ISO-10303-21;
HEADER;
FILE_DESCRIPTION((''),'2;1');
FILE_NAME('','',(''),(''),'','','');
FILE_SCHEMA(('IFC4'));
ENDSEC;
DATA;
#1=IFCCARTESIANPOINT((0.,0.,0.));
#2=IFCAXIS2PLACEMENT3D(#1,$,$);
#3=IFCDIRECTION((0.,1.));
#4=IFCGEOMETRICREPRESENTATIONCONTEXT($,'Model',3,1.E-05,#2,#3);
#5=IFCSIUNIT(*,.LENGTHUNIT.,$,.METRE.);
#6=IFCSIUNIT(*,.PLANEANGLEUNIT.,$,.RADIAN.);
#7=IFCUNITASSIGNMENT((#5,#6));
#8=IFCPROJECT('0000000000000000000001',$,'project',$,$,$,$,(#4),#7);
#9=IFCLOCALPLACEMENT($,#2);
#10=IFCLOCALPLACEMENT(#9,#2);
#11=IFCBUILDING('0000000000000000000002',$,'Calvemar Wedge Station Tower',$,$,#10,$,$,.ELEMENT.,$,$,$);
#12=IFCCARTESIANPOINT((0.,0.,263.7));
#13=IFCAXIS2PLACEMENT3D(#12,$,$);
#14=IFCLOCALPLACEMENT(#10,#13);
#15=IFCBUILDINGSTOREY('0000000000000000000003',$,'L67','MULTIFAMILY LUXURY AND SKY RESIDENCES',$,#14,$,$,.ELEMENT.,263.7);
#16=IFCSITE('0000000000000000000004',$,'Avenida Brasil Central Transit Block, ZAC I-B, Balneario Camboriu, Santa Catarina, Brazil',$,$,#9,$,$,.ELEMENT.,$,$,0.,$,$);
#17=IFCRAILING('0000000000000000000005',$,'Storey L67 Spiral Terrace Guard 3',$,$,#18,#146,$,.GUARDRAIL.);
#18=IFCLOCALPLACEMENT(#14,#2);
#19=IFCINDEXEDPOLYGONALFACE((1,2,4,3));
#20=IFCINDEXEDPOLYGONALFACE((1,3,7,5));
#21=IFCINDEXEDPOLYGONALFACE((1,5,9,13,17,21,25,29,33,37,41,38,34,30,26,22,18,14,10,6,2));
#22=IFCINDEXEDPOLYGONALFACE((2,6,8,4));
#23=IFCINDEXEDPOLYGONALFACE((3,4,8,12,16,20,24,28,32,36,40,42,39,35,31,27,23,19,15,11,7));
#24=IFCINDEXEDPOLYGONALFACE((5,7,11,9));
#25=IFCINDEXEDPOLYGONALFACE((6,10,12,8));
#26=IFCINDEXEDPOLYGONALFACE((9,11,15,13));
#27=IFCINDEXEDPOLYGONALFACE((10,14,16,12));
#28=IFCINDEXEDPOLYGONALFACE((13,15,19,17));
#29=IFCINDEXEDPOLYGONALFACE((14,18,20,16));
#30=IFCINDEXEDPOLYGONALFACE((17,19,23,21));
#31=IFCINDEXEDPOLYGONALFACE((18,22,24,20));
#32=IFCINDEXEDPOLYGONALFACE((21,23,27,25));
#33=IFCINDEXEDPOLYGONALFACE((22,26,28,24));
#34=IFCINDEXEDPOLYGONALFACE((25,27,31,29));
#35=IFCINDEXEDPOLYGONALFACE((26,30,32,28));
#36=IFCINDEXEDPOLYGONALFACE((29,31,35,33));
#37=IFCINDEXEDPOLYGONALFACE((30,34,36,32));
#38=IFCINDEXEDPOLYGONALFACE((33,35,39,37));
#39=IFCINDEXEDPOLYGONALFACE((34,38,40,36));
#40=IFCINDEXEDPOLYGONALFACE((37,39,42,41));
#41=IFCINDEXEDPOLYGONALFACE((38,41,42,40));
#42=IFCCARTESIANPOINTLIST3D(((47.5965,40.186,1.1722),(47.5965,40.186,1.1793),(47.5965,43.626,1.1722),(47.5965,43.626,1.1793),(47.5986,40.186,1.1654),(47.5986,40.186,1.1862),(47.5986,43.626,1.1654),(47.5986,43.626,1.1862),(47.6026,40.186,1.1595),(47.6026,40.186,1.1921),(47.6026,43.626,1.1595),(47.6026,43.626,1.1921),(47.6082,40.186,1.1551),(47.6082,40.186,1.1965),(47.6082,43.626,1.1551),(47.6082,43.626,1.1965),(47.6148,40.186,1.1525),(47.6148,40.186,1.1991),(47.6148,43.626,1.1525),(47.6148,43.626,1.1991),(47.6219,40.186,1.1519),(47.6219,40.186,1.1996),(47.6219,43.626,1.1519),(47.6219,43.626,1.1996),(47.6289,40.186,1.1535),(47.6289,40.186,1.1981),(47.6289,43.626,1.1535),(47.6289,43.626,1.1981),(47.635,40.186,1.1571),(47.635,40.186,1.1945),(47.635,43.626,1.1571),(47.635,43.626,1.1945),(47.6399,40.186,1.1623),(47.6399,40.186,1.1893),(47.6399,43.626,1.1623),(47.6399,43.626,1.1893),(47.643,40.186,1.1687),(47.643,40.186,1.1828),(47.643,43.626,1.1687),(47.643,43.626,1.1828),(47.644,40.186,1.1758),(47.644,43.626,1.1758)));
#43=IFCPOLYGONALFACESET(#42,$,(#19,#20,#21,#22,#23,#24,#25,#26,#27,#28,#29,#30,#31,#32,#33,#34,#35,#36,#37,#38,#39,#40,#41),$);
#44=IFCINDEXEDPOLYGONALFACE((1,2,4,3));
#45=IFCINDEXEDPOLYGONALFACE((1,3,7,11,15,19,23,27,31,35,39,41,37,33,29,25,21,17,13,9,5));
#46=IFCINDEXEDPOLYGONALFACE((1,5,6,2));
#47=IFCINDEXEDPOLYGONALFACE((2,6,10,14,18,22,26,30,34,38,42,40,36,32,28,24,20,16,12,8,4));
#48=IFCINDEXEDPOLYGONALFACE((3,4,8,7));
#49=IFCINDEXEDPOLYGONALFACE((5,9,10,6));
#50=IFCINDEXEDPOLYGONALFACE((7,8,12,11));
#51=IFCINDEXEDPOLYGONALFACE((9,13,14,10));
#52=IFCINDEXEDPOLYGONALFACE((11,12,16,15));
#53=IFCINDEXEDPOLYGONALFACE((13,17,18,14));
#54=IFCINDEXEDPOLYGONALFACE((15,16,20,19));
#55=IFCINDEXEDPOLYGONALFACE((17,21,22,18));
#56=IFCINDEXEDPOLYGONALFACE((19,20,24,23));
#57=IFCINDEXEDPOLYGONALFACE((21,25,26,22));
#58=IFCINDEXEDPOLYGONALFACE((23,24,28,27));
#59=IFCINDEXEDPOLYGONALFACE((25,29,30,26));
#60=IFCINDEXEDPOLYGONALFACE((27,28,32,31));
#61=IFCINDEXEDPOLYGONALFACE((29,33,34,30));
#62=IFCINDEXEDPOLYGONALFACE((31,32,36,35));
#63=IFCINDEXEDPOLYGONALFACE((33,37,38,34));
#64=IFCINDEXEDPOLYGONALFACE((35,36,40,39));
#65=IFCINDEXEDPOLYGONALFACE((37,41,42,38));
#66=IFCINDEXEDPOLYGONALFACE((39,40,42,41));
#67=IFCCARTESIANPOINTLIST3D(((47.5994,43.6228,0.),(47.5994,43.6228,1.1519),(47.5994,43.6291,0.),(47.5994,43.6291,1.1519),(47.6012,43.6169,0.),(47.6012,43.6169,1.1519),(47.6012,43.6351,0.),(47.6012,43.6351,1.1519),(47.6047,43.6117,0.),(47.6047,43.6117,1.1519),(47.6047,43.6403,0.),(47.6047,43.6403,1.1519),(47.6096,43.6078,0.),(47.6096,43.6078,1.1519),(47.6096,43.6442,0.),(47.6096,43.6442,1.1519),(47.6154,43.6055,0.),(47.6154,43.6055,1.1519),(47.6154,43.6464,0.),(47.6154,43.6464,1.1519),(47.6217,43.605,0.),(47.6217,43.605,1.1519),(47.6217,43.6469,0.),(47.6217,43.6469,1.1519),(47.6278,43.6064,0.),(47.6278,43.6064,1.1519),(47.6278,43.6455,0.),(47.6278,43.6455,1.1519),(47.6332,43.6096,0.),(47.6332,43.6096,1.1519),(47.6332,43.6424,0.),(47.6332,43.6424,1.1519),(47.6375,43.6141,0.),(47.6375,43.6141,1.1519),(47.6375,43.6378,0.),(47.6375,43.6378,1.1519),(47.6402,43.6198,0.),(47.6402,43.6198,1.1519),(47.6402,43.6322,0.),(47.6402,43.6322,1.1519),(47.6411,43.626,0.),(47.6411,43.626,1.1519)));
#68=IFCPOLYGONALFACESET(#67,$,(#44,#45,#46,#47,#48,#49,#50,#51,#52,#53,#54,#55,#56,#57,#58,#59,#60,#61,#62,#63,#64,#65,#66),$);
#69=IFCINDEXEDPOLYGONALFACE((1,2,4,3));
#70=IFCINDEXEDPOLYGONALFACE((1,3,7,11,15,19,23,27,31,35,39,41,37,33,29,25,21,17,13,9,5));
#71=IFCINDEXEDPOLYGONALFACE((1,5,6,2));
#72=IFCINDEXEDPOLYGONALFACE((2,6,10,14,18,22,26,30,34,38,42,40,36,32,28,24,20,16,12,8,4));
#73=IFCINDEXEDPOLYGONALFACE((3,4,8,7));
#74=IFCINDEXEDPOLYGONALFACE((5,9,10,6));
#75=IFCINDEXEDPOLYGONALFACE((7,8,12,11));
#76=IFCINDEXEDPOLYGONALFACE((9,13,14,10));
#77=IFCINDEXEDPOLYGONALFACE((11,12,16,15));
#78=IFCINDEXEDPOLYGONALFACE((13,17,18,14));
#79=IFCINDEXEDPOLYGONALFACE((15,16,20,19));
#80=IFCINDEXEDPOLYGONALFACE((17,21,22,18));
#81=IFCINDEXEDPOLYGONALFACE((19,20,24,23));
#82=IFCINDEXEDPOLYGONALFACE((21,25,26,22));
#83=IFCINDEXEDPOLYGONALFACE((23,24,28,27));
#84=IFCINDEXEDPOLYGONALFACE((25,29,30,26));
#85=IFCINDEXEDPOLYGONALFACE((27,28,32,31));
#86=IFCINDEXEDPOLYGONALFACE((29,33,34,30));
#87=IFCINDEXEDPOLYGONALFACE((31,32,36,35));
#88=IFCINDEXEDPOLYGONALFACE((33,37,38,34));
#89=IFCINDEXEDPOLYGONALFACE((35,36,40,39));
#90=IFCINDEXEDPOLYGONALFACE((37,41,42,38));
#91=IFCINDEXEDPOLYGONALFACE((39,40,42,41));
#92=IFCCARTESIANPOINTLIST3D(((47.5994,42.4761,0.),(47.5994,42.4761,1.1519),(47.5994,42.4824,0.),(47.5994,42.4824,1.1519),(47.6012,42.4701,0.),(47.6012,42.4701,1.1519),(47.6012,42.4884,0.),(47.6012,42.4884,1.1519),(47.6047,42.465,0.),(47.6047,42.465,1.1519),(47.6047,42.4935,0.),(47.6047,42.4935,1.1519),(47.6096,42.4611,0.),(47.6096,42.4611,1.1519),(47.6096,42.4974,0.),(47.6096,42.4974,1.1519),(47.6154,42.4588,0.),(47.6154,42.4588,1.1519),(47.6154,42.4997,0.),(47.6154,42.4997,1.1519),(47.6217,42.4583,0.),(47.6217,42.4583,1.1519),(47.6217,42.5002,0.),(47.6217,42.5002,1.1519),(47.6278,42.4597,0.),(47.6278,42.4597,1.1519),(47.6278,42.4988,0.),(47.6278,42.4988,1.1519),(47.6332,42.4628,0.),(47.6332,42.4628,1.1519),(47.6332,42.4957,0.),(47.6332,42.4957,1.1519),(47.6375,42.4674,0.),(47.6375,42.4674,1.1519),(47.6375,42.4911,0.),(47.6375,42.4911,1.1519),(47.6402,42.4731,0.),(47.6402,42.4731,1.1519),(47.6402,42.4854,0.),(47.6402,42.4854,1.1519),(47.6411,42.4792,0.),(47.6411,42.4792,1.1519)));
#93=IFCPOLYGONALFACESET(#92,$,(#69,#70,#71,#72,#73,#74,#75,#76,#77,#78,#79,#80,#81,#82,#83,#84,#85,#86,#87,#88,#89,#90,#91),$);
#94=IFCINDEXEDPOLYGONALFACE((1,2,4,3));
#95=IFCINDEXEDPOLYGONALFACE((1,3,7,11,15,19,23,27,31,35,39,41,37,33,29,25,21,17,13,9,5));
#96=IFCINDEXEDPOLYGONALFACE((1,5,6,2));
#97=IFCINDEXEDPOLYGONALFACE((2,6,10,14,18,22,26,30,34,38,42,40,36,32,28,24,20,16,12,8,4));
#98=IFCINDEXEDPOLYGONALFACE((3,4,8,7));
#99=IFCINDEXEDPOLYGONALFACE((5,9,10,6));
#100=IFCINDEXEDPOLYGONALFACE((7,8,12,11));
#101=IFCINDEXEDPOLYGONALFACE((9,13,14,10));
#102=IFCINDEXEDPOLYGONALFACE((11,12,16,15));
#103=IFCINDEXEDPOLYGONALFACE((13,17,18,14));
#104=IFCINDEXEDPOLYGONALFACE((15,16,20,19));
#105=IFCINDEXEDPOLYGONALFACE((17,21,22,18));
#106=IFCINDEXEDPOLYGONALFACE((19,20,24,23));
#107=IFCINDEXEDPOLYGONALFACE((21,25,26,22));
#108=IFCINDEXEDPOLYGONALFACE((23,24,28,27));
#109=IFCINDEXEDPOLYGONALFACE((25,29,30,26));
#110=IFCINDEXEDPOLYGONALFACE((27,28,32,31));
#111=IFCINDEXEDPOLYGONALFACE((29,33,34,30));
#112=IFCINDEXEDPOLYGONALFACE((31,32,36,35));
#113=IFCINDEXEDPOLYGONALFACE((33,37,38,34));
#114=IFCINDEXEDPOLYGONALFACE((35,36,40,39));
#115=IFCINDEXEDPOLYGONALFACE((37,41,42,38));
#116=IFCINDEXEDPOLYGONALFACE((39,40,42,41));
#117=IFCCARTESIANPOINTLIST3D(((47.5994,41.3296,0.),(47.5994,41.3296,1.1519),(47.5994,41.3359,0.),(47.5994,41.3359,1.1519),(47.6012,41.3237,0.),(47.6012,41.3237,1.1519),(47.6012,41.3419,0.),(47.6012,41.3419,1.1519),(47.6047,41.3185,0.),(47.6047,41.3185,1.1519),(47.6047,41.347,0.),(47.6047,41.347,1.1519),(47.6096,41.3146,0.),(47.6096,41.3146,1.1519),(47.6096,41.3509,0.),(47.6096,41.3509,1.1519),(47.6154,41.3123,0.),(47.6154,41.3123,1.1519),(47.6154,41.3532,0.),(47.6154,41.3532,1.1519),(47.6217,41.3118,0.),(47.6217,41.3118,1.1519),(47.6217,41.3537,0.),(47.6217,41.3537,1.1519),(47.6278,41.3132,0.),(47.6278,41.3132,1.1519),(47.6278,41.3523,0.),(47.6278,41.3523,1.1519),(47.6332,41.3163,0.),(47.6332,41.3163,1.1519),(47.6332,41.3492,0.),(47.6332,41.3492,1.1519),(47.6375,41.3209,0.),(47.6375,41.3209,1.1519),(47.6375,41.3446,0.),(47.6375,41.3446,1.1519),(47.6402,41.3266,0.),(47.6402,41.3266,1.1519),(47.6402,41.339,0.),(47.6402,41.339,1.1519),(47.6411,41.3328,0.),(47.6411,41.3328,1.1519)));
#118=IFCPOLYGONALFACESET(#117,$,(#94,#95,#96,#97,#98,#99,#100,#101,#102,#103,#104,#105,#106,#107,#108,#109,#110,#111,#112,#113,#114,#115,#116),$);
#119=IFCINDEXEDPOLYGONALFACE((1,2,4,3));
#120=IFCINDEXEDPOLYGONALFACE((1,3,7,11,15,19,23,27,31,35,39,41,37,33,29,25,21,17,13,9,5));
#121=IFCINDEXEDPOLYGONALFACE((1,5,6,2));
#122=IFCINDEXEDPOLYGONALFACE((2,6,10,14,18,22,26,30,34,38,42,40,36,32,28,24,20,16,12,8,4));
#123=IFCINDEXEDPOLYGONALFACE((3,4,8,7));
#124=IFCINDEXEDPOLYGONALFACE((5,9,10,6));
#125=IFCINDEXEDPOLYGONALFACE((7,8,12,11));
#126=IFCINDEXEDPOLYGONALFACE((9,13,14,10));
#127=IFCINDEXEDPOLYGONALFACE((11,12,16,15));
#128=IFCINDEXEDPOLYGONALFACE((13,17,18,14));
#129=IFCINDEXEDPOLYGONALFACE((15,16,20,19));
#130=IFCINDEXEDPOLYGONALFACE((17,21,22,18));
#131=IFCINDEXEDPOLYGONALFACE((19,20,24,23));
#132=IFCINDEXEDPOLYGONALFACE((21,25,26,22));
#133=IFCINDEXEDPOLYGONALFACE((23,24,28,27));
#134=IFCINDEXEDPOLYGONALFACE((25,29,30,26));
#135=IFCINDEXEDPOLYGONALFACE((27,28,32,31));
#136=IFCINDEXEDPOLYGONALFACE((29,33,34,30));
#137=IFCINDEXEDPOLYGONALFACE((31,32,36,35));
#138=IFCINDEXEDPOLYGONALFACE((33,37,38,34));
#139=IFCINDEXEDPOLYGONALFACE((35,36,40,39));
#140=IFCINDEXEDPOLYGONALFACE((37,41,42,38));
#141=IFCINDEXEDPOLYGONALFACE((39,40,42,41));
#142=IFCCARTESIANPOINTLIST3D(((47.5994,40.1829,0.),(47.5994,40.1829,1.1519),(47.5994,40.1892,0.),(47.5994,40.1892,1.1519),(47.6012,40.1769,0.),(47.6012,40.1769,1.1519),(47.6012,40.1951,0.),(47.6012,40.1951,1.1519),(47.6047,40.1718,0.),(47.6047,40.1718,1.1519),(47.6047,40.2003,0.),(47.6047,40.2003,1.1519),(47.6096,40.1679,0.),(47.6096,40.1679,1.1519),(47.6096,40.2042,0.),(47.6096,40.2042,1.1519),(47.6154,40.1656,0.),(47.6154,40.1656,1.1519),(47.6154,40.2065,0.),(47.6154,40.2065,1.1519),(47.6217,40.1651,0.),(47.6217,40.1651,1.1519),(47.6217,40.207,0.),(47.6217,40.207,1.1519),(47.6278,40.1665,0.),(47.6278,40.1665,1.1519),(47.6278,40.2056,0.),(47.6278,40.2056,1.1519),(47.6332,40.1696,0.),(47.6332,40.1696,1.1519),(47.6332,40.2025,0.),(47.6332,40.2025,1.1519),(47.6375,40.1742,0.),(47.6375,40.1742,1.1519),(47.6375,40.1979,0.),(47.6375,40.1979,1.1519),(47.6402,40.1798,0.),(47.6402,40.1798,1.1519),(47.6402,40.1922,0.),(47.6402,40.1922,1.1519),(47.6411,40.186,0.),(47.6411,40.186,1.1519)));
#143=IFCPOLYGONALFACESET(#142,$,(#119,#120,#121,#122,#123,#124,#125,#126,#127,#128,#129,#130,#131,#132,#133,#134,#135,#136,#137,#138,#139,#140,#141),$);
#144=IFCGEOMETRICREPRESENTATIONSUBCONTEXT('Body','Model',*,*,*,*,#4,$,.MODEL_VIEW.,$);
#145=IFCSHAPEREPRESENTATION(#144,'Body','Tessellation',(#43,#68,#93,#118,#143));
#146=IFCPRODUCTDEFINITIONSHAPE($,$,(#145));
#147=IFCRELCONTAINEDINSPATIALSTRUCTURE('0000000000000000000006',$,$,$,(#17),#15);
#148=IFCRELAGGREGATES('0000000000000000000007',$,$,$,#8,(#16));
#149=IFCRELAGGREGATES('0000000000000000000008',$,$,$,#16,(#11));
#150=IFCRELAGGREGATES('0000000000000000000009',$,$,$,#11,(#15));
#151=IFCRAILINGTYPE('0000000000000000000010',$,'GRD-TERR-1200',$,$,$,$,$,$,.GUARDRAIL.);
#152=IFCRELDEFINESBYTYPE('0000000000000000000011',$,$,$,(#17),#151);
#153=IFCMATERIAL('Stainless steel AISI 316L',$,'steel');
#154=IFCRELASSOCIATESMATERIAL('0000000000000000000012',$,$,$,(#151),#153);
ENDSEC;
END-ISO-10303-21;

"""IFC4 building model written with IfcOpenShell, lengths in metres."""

from ifc_helpers import new_model, si_unit, direction, frame, origin, origin_2d, place, context, subcontext, project, spatial, circle, extrude, material, type_object, element, save


model = new_model("IFC4")

# Units and contexts
model_context = context("Model", 3, precision=1e-05, world=origin(), true_north=direction((0.0, 1.0)))
body_context = subcontext(model_context, "Body", "Model", "MODEL_VIEW")
ifc_project = project(units=[si_unit("LENGTHUNIT", "METRE"), si_unit("PLANEANGLEUNIT", "RADIAN")], contexts=[model_context])

# Site, building, storey
site_placement = place(None, origin())
site = spatial("IfcSite", under=ifc_project, at=site_placement, Name="Avenida Brasil Central Transit Block, ZAC I-B, Balneario Camboriu, Santa Catarina, Brazil", CompositionType="ELEMENT", RefElevation=0.0)
building_placement = place(site_placement, origin())
building = spatial("IfcBuilding", under=site, at=building_placement, Name="Calvemar Wedge Station Tower", CompositionType="ELEMENT")
storey_placement = place(building_placement, frame((0.0, 0.0, 263.7)))
storey = spatial("IfcBuildingStorey", under=building, at=storey_placement, Name="L67", Description="MULTIFAMILY LUXURY AND SKY RESIDENCES", CompositionType="ELEMENT", Elevation=263.7)

# Railing
ifc_material_1 = material(Name="Stainless steel AISI 316L", Category="steel")
railing_type = type_object("IfcRailingType", Name="GRD-TERR-1200", PredefinedType="GUARDRAIL", material=ifc_material_1)
railing_1_placement = place(storey_placement, frame((47.6201, 43.626, 0.0)))
element("IfcRailing", 1, at=railing_1_placement, inside=storey, type_object=railing_type, Name="Storey L67 Spiral Terrace Guard 3", PredefinedType="GUARDRAIL", context=body_context, shape_type="SweptSolid", body=[
    extrude(circle(Radius=0.0239, at=origin_2d()), frame((0.0, 0.0, 1.1758), z_axis=(0.0, -1.0, 0.0), x_axis=(1.0, 0.0, 0.0)), (0.0, 0.0, 1.0), 3.4399),
    extrude(circle(Radius=0.021, at=origin_2d()), origin(), (0.0, 0.0, 1.0), 1.1519),
    extrude(circle(Radius=0.021, at=origin_2d()), frame((0.0, -1.1467, 0.0)), (0.0, 0.0, 1.0), 1.1519),
    extrude(circle(Radius=0.021, at=origin_2d()), frame((0.0, -2.2932, 0.0)), (0.0, 0.0, 1.0), 1.1519),
    extrude(circle(Radius=0.021, at=origin_2d()), frame((0.0, -3.4399, 0.0)), (0.0, 0.0, 1.0), 1.1519),
])

save(model, "model.ifc")
